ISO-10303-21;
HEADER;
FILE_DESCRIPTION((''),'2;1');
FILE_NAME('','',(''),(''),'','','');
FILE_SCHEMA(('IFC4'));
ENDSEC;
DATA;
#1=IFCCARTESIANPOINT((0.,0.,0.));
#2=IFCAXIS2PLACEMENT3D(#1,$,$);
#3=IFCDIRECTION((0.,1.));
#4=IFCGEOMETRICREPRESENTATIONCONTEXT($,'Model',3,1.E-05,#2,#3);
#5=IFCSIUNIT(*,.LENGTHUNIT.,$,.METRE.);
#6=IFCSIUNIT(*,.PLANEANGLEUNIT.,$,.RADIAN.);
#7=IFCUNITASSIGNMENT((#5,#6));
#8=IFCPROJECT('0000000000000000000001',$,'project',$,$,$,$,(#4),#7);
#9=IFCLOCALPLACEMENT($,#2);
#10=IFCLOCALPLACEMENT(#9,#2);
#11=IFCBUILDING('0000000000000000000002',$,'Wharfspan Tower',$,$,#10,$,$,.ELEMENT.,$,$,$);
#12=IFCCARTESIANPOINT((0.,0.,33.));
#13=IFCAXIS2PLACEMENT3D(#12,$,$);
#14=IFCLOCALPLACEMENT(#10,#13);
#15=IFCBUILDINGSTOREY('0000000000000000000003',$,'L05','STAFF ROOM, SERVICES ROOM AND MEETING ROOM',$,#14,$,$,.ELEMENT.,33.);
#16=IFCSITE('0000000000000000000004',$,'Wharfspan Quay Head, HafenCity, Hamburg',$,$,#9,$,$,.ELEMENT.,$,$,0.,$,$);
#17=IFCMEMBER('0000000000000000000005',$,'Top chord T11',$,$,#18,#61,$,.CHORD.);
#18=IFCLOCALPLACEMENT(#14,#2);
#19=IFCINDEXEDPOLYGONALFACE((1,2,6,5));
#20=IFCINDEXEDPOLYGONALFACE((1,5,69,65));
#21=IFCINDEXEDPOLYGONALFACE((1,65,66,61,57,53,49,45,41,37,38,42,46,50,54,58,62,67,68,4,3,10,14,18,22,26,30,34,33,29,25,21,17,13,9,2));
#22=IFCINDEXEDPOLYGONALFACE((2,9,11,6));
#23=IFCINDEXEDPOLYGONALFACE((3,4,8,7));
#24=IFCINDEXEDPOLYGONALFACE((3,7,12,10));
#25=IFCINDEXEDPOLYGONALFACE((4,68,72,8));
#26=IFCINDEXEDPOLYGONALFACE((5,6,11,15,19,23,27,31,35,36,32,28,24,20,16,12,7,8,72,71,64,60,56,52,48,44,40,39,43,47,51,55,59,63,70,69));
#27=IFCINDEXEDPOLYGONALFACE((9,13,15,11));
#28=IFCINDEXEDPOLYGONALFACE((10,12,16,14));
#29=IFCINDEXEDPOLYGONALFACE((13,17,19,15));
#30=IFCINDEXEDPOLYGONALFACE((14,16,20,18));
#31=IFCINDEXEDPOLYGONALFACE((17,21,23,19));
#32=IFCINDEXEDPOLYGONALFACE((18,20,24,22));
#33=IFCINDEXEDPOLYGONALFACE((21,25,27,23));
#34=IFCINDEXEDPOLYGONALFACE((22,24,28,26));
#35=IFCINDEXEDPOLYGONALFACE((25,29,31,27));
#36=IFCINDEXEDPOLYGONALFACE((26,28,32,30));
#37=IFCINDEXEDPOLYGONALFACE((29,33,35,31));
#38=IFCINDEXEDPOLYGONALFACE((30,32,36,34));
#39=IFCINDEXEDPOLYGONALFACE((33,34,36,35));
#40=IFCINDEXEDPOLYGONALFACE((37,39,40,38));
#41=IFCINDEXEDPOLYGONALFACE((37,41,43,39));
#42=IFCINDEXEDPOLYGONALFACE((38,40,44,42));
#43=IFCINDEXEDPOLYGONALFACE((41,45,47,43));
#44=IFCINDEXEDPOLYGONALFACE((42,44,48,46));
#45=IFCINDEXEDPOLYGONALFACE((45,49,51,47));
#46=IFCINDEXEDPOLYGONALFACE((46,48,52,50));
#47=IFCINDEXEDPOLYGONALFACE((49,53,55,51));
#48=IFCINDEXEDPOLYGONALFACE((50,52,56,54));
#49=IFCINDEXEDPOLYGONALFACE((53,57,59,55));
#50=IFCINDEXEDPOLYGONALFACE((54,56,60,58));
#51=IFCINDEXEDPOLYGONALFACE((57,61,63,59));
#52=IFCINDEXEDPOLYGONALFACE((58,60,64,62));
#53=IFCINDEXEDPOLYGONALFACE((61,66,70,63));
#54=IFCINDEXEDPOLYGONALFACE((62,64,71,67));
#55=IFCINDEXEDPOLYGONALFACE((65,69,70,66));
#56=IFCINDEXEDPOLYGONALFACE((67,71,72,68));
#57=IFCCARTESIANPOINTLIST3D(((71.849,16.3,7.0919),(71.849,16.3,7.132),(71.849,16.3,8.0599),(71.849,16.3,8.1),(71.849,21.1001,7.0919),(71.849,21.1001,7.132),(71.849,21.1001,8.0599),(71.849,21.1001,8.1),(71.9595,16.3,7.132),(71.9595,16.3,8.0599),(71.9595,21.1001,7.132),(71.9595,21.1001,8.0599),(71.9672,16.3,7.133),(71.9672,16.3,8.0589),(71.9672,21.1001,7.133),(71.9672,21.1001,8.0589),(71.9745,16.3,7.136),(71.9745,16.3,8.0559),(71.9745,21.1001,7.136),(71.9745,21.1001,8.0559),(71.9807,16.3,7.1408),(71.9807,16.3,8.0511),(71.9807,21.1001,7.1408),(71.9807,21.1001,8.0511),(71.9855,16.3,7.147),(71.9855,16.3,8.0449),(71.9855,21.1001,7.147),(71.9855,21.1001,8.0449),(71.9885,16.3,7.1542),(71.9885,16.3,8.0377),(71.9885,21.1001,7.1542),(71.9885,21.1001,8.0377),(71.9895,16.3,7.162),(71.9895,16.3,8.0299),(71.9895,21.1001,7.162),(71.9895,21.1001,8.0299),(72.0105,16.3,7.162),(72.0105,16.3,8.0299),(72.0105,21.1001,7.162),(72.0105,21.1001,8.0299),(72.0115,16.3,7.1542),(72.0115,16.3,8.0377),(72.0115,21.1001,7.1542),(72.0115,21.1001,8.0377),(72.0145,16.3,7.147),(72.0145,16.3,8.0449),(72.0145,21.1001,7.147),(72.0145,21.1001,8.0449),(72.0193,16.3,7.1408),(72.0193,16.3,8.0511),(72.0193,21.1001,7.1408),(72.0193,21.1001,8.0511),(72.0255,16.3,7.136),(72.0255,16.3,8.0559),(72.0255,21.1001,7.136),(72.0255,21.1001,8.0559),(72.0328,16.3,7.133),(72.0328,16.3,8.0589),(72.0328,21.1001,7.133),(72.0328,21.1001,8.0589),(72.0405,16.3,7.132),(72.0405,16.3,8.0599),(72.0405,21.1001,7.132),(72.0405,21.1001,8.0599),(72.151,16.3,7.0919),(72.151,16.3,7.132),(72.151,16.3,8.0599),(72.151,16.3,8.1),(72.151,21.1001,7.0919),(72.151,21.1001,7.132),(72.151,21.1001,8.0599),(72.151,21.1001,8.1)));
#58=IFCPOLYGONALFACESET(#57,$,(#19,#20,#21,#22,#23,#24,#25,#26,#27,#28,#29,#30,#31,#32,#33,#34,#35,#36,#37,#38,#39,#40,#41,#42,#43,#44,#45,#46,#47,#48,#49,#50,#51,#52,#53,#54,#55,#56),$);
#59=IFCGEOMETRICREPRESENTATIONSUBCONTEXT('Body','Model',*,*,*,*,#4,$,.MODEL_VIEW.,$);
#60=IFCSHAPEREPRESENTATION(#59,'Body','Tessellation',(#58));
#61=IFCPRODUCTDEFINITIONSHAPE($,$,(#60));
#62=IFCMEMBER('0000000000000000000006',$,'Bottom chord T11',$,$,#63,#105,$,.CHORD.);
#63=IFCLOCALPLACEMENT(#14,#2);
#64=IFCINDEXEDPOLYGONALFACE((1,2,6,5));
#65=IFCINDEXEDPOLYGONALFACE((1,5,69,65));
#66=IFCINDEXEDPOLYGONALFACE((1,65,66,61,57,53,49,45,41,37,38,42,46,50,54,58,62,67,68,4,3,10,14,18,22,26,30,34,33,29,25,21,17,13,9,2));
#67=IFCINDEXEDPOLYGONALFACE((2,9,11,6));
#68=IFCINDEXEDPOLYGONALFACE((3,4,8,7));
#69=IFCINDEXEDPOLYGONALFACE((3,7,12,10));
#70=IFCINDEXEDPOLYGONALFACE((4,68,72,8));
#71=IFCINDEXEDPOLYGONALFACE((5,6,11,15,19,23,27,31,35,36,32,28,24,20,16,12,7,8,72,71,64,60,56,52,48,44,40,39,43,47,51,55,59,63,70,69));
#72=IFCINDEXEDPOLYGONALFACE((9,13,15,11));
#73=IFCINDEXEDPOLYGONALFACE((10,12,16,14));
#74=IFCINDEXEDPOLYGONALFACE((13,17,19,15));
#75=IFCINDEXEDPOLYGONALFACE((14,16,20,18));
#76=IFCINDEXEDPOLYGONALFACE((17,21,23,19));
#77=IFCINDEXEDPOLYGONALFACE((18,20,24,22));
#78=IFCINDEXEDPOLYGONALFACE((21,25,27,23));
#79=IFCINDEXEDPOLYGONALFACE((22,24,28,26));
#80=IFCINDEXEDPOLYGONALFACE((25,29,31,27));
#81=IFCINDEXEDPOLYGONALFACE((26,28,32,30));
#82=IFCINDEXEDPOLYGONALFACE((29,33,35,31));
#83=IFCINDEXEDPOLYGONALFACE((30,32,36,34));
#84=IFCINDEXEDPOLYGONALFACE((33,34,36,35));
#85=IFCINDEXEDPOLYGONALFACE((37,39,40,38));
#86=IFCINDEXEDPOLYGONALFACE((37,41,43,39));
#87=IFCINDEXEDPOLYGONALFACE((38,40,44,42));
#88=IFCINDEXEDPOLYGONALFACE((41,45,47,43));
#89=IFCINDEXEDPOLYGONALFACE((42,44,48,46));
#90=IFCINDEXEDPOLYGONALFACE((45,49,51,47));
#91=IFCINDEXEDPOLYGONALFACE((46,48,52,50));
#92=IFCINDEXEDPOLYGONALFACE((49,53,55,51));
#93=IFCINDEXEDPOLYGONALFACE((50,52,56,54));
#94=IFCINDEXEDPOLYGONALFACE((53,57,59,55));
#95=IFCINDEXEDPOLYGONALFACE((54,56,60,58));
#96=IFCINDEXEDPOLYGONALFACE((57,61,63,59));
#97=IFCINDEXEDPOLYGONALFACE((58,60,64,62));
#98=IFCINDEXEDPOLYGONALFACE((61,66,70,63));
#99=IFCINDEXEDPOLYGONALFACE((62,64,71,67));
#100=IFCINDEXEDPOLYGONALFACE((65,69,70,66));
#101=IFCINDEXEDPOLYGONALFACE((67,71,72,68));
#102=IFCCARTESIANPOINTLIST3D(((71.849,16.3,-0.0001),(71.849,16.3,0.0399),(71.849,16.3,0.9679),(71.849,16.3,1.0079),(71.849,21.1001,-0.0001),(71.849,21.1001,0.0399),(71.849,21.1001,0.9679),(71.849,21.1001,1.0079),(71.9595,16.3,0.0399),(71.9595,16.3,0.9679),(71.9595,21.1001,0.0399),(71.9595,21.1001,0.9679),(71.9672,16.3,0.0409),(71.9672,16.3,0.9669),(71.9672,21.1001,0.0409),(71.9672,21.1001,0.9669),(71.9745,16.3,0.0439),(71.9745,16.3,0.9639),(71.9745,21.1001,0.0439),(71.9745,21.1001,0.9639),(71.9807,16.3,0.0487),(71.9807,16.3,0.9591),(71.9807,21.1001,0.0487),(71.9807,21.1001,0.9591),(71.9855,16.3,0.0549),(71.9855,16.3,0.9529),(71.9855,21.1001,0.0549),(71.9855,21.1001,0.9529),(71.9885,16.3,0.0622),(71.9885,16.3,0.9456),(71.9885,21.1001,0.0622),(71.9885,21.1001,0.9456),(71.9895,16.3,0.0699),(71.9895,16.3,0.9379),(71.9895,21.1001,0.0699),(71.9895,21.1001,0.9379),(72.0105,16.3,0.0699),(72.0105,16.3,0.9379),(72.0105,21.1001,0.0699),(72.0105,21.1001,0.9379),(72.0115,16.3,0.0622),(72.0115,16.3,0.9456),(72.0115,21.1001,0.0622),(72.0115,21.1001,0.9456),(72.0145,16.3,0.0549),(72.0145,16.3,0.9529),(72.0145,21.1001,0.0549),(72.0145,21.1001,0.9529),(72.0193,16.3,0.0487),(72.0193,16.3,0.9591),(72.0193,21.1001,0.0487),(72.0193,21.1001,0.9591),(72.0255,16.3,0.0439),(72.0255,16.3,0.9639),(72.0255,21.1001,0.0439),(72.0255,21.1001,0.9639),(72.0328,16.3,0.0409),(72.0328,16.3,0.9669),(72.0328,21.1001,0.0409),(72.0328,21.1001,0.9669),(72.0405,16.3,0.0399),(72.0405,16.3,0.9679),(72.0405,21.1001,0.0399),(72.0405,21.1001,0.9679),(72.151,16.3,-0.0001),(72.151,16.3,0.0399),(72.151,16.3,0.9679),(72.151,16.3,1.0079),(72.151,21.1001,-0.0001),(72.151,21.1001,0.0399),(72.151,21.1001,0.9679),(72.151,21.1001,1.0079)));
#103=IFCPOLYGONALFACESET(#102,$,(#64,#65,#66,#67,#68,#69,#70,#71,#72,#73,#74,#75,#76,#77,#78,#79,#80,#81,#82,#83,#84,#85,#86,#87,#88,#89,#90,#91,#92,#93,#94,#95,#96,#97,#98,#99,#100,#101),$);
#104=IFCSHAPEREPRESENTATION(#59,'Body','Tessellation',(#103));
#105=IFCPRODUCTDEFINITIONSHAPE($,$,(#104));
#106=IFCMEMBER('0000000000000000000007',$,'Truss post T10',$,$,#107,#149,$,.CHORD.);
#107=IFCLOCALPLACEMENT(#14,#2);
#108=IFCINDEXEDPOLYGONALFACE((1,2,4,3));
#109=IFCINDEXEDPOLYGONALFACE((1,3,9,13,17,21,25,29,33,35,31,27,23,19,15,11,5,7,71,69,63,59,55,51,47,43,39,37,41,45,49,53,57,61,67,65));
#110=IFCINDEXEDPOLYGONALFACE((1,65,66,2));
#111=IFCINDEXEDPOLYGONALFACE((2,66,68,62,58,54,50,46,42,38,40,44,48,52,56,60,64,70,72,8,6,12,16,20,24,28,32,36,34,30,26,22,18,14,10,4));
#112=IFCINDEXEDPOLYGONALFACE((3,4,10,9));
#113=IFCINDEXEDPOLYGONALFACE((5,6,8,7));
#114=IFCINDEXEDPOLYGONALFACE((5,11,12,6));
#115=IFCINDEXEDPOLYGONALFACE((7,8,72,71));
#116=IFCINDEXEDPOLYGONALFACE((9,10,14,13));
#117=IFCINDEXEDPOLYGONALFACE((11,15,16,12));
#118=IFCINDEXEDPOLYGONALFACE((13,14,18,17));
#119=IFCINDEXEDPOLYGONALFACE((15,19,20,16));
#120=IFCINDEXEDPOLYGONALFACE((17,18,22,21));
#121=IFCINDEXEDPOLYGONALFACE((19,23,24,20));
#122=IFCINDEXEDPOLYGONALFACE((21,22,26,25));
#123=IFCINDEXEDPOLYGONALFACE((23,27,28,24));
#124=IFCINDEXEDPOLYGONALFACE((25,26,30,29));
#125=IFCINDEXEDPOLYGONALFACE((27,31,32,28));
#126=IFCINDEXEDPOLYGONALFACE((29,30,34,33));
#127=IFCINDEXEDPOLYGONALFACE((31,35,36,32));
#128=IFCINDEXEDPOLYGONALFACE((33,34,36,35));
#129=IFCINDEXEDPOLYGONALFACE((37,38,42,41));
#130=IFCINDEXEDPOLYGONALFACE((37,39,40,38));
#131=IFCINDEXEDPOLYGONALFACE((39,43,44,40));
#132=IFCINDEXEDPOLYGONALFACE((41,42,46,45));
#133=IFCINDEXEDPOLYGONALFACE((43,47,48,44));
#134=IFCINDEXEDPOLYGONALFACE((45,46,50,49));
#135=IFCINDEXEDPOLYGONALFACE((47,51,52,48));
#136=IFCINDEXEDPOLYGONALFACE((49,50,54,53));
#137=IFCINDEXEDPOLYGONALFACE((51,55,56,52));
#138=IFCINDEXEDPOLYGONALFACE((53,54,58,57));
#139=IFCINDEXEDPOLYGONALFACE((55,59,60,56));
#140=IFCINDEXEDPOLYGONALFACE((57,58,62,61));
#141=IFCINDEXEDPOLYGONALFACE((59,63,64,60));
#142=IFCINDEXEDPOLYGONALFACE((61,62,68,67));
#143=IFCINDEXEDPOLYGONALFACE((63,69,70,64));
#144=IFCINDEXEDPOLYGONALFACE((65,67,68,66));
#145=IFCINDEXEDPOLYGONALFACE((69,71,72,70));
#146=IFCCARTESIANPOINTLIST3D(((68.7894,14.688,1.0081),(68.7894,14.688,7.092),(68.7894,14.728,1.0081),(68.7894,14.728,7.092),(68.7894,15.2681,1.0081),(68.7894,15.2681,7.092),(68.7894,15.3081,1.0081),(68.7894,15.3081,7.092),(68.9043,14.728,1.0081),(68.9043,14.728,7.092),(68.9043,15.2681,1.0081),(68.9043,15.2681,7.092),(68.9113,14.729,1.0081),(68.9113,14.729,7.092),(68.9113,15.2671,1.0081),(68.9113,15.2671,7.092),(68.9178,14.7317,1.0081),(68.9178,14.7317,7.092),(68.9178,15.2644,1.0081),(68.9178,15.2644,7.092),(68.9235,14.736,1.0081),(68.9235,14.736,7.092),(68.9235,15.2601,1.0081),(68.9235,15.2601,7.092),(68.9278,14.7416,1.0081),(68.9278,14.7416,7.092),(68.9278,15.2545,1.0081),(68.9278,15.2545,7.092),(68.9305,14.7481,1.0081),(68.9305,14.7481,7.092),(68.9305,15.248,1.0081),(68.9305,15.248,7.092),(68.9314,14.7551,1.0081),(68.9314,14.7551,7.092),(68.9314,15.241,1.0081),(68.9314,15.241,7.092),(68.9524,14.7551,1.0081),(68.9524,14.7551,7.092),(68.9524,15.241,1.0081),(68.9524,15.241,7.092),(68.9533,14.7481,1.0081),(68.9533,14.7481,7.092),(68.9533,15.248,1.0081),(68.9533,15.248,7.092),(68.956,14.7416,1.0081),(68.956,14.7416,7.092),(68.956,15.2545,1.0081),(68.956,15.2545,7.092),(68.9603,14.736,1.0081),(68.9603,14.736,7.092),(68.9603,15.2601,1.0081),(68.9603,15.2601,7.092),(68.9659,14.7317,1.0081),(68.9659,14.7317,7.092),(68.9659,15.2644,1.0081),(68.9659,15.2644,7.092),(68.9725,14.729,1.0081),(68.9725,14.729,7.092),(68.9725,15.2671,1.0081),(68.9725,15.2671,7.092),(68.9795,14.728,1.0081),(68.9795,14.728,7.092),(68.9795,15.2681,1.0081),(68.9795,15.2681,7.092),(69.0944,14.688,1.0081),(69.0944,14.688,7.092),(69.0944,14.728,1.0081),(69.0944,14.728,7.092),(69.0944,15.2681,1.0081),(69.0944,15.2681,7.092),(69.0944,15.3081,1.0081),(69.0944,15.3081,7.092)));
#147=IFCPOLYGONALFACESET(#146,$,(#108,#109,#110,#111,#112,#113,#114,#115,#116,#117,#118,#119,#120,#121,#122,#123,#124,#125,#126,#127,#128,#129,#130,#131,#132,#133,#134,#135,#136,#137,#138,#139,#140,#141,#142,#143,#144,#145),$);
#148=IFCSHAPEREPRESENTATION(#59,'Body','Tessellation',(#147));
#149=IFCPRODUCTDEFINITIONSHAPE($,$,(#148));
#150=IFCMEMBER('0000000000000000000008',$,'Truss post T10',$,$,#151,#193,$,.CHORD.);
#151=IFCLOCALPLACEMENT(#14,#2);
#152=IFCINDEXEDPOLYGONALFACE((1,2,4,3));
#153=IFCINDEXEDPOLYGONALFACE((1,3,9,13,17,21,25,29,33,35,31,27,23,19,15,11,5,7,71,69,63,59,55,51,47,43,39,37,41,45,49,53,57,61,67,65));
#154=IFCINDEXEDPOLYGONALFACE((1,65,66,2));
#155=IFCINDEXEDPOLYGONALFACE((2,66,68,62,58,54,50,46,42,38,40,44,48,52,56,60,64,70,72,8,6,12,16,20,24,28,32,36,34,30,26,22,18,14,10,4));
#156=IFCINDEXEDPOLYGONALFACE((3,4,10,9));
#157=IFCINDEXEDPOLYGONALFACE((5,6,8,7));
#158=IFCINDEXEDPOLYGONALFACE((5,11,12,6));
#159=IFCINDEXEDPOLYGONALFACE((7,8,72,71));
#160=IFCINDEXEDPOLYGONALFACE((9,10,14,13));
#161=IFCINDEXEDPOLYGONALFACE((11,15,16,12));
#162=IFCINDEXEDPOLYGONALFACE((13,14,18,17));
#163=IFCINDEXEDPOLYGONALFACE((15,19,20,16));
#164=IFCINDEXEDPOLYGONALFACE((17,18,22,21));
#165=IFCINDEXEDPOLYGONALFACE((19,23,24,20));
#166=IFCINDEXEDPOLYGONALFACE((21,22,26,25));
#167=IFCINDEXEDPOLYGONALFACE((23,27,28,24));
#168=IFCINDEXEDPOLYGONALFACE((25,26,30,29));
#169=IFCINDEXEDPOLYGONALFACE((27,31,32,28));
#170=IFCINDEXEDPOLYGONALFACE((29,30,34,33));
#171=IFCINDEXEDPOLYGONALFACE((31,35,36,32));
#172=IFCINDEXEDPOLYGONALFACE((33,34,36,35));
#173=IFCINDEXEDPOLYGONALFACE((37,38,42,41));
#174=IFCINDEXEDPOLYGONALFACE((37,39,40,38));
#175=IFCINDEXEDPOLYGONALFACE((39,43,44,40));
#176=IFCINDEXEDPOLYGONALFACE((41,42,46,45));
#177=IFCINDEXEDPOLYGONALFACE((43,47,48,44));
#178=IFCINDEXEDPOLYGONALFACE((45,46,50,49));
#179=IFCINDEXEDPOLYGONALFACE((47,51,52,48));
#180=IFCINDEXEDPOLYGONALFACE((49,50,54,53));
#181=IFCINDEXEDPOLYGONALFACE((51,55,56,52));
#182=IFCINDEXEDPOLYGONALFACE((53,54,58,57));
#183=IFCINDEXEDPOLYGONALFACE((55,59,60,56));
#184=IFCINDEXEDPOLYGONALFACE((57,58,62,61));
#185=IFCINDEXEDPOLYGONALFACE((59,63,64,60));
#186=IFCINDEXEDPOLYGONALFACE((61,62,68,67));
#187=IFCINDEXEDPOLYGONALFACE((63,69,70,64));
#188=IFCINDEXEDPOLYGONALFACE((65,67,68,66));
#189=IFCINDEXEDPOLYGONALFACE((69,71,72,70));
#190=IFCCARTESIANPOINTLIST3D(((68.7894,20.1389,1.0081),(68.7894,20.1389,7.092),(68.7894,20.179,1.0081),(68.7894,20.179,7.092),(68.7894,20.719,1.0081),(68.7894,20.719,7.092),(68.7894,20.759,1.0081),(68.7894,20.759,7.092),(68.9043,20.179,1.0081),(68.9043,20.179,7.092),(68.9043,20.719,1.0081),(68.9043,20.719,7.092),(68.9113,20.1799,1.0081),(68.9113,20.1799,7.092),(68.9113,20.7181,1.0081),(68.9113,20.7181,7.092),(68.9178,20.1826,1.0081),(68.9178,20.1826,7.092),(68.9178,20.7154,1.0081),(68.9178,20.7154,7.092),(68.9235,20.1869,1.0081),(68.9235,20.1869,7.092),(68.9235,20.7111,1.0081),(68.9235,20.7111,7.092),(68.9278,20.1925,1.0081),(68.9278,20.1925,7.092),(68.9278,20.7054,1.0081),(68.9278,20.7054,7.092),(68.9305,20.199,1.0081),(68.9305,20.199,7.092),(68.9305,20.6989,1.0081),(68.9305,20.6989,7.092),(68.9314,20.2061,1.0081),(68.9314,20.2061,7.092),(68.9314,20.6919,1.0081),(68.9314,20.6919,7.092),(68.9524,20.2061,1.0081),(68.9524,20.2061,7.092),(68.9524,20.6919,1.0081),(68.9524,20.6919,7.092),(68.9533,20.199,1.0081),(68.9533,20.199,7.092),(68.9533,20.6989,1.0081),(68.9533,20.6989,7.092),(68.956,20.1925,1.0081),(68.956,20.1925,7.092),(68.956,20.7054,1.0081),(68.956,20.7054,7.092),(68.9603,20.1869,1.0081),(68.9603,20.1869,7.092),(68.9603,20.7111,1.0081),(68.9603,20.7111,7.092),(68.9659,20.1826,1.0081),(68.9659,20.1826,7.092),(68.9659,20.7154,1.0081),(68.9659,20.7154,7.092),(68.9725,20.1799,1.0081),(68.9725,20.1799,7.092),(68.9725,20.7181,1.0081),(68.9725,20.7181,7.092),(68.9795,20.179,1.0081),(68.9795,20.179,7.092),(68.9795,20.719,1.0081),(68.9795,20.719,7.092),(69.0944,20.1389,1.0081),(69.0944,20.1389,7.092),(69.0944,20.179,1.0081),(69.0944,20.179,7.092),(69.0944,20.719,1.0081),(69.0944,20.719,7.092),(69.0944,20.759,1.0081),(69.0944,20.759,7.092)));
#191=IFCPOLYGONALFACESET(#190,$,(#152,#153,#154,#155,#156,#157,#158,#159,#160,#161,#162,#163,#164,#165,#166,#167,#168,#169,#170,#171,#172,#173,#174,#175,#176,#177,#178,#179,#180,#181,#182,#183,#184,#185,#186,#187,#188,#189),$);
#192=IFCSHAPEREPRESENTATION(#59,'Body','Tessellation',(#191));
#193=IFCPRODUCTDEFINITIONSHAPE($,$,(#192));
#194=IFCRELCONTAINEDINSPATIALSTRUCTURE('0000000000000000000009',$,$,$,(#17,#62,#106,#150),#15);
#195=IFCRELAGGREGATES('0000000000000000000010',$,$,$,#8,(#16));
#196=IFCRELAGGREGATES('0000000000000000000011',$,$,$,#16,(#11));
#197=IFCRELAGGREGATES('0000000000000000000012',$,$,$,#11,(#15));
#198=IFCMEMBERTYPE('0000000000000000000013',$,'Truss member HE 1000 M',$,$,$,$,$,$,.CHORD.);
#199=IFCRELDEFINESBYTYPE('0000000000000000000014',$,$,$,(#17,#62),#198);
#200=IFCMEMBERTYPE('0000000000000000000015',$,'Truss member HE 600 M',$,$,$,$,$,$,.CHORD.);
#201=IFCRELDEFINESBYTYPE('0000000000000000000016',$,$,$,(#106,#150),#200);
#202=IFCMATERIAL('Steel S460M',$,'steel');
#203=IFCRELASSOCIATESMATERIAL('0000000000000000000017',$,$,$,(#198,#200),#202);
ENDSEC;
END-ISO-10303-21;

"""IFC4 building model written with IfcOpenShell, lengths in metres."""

from ifc_helpers import new_model, si_unit, direction, frame, origin, origin_2d, place, context, subcontext, project, spatial, i_section, extrude, material, material_profile, profile_set, type_object, element, save


model = new_model("IFC4")

# Units and contexts
model_context = context("Model", 3, precision=1e-05, world=origin(), true_north=direction((0.0, 1.0)))
body_context = subcontext(model_context, "Body", "Model", "MODEL_VIEW")
ifc_project = project(units=[si_unit("LENGTHUNIT", "METRE"), si_unit("PLANEANGLEUNIT", "RADIAN")], contexts=[model_context])

# Site, building, storey
site_placement = place(None, origin())
site = spatial("IfcSite", under=ifc_project, at=site_placement, Name="Wharfspan Quay Head, HafenCity, Hamburg", CompositionType="ELEMENT", RefElevation=0.0)
building_placement = place(site_placement, origin())
building = spatial("IfcBuilding", under=site, at=building_placement, Name="Wharfspan Tower", CompositionType="ELEMENT")
storey_placement = place(building_placement, frame((0.0, 0.0, 33.0)))
storey = spatial("IfcBuildingStorey", under=building, at=storey_placement, Name="L05", Description="STAFF ROOM, SERVICES ROOM AND MEETING ROOM", CompositionType="ELEMENT", Elevation=33.0)

# Shared definitions
ifc_material_1 = material(Name="Steel S460M", Category="steel")

# Members
ifc_material_profile_1 = material_profile(ifc_material_1, i_section(OverallWidth=0.302, OverallDepth=1.0081, WebThickness=0.021, FlangeThickness=0.04, FilletRadius=0.03, at=origin_2d()))
ifc_profile_set_1 = profile_set([ifc_material_profile_1], Name="Steel S460M")
member_type_1 = type_object("IfcMemberType", Name="Truss member HE 1000 M", PredefinedType="CHORD", material=ifc_profile_set_1)
for number, where, z_axis, x_axis, name in (
    (1, (72.0, 16.3, 7.5959), (0.0, 1.0, 0.0), (-1.0, 0.0, 0.0), "Top chord T11"),
    (2, (72.0, 16.3, 0.5039), (0.0, 1.0, 0.0), (-1.0, 0.0, 0.0), "Bottom chord T11"),
):
    element("IfcMember", number, at=place(storey_placement, frame(where, z_axis=z_axis, x_axis=x_axis)), inside=storey, type_object=member_type_1, Name=name, PredefinedType="CHORD", context=body_context, shape_type="SweptSolid", body=[
        extrude(i_section(OverallWidth=0.302, OverallDepth=1.0081, WebThickness=0.021, FlangeThickness=0.04, FilletRadius=0.03, at=origin_2d()), origin(), (0.0, 0.0, 1.0), 4.8),
    ])
ifc_material_profile_2 = material_profile(ifc_material_1, i_section(OverallWidth=0.3049, OverallDepth=0.6201, WebThickness=0.021, FlangeThickness=0.04, FilletRadius=0.0271, at=origin_2d()))
ifc_profile_set_2 = profile_set([ifc_material_profile_2], Name="Steel S460M")
member_type_2 = type_object("IfcMemberType", Name="Truss member HE 600 M", PredefinedType="CHORD", material=ifc_profile_set_2)
for number, where, z_axis, x_axis, name in (
    (3, (68.9419, 14.998, 1.0081), (0.0, 0.0, 1.0), (1.0, 0.0, 0.0), "Truss post T10"),
    (4, (68.9419, 20.449, 1.0081), (0.0, 0.0, 1.0), (1.0, 0.0, 0.0), "Truss post T10"),
):
    element("IfcMember", number, at=place(storey_placement, frame(where, z_axis=z_axis, x_axis=x_axis)), inside=storey, type_object=member_type_2, Name=name, PredefinedType="CHORD", context=body_context, shape_type="SweptSolid", body=[
        extrude(i_section(OverallWidth=0.3049, OverallDepth=0.6201, WebThickness=0.021, FlangeThickness=0.04, FilletRadius=0.0271, at=origin_2d()), origin(), (0.0, 0.0, 1.0), 6.084),
    ])

save(model, "model.ifc")
